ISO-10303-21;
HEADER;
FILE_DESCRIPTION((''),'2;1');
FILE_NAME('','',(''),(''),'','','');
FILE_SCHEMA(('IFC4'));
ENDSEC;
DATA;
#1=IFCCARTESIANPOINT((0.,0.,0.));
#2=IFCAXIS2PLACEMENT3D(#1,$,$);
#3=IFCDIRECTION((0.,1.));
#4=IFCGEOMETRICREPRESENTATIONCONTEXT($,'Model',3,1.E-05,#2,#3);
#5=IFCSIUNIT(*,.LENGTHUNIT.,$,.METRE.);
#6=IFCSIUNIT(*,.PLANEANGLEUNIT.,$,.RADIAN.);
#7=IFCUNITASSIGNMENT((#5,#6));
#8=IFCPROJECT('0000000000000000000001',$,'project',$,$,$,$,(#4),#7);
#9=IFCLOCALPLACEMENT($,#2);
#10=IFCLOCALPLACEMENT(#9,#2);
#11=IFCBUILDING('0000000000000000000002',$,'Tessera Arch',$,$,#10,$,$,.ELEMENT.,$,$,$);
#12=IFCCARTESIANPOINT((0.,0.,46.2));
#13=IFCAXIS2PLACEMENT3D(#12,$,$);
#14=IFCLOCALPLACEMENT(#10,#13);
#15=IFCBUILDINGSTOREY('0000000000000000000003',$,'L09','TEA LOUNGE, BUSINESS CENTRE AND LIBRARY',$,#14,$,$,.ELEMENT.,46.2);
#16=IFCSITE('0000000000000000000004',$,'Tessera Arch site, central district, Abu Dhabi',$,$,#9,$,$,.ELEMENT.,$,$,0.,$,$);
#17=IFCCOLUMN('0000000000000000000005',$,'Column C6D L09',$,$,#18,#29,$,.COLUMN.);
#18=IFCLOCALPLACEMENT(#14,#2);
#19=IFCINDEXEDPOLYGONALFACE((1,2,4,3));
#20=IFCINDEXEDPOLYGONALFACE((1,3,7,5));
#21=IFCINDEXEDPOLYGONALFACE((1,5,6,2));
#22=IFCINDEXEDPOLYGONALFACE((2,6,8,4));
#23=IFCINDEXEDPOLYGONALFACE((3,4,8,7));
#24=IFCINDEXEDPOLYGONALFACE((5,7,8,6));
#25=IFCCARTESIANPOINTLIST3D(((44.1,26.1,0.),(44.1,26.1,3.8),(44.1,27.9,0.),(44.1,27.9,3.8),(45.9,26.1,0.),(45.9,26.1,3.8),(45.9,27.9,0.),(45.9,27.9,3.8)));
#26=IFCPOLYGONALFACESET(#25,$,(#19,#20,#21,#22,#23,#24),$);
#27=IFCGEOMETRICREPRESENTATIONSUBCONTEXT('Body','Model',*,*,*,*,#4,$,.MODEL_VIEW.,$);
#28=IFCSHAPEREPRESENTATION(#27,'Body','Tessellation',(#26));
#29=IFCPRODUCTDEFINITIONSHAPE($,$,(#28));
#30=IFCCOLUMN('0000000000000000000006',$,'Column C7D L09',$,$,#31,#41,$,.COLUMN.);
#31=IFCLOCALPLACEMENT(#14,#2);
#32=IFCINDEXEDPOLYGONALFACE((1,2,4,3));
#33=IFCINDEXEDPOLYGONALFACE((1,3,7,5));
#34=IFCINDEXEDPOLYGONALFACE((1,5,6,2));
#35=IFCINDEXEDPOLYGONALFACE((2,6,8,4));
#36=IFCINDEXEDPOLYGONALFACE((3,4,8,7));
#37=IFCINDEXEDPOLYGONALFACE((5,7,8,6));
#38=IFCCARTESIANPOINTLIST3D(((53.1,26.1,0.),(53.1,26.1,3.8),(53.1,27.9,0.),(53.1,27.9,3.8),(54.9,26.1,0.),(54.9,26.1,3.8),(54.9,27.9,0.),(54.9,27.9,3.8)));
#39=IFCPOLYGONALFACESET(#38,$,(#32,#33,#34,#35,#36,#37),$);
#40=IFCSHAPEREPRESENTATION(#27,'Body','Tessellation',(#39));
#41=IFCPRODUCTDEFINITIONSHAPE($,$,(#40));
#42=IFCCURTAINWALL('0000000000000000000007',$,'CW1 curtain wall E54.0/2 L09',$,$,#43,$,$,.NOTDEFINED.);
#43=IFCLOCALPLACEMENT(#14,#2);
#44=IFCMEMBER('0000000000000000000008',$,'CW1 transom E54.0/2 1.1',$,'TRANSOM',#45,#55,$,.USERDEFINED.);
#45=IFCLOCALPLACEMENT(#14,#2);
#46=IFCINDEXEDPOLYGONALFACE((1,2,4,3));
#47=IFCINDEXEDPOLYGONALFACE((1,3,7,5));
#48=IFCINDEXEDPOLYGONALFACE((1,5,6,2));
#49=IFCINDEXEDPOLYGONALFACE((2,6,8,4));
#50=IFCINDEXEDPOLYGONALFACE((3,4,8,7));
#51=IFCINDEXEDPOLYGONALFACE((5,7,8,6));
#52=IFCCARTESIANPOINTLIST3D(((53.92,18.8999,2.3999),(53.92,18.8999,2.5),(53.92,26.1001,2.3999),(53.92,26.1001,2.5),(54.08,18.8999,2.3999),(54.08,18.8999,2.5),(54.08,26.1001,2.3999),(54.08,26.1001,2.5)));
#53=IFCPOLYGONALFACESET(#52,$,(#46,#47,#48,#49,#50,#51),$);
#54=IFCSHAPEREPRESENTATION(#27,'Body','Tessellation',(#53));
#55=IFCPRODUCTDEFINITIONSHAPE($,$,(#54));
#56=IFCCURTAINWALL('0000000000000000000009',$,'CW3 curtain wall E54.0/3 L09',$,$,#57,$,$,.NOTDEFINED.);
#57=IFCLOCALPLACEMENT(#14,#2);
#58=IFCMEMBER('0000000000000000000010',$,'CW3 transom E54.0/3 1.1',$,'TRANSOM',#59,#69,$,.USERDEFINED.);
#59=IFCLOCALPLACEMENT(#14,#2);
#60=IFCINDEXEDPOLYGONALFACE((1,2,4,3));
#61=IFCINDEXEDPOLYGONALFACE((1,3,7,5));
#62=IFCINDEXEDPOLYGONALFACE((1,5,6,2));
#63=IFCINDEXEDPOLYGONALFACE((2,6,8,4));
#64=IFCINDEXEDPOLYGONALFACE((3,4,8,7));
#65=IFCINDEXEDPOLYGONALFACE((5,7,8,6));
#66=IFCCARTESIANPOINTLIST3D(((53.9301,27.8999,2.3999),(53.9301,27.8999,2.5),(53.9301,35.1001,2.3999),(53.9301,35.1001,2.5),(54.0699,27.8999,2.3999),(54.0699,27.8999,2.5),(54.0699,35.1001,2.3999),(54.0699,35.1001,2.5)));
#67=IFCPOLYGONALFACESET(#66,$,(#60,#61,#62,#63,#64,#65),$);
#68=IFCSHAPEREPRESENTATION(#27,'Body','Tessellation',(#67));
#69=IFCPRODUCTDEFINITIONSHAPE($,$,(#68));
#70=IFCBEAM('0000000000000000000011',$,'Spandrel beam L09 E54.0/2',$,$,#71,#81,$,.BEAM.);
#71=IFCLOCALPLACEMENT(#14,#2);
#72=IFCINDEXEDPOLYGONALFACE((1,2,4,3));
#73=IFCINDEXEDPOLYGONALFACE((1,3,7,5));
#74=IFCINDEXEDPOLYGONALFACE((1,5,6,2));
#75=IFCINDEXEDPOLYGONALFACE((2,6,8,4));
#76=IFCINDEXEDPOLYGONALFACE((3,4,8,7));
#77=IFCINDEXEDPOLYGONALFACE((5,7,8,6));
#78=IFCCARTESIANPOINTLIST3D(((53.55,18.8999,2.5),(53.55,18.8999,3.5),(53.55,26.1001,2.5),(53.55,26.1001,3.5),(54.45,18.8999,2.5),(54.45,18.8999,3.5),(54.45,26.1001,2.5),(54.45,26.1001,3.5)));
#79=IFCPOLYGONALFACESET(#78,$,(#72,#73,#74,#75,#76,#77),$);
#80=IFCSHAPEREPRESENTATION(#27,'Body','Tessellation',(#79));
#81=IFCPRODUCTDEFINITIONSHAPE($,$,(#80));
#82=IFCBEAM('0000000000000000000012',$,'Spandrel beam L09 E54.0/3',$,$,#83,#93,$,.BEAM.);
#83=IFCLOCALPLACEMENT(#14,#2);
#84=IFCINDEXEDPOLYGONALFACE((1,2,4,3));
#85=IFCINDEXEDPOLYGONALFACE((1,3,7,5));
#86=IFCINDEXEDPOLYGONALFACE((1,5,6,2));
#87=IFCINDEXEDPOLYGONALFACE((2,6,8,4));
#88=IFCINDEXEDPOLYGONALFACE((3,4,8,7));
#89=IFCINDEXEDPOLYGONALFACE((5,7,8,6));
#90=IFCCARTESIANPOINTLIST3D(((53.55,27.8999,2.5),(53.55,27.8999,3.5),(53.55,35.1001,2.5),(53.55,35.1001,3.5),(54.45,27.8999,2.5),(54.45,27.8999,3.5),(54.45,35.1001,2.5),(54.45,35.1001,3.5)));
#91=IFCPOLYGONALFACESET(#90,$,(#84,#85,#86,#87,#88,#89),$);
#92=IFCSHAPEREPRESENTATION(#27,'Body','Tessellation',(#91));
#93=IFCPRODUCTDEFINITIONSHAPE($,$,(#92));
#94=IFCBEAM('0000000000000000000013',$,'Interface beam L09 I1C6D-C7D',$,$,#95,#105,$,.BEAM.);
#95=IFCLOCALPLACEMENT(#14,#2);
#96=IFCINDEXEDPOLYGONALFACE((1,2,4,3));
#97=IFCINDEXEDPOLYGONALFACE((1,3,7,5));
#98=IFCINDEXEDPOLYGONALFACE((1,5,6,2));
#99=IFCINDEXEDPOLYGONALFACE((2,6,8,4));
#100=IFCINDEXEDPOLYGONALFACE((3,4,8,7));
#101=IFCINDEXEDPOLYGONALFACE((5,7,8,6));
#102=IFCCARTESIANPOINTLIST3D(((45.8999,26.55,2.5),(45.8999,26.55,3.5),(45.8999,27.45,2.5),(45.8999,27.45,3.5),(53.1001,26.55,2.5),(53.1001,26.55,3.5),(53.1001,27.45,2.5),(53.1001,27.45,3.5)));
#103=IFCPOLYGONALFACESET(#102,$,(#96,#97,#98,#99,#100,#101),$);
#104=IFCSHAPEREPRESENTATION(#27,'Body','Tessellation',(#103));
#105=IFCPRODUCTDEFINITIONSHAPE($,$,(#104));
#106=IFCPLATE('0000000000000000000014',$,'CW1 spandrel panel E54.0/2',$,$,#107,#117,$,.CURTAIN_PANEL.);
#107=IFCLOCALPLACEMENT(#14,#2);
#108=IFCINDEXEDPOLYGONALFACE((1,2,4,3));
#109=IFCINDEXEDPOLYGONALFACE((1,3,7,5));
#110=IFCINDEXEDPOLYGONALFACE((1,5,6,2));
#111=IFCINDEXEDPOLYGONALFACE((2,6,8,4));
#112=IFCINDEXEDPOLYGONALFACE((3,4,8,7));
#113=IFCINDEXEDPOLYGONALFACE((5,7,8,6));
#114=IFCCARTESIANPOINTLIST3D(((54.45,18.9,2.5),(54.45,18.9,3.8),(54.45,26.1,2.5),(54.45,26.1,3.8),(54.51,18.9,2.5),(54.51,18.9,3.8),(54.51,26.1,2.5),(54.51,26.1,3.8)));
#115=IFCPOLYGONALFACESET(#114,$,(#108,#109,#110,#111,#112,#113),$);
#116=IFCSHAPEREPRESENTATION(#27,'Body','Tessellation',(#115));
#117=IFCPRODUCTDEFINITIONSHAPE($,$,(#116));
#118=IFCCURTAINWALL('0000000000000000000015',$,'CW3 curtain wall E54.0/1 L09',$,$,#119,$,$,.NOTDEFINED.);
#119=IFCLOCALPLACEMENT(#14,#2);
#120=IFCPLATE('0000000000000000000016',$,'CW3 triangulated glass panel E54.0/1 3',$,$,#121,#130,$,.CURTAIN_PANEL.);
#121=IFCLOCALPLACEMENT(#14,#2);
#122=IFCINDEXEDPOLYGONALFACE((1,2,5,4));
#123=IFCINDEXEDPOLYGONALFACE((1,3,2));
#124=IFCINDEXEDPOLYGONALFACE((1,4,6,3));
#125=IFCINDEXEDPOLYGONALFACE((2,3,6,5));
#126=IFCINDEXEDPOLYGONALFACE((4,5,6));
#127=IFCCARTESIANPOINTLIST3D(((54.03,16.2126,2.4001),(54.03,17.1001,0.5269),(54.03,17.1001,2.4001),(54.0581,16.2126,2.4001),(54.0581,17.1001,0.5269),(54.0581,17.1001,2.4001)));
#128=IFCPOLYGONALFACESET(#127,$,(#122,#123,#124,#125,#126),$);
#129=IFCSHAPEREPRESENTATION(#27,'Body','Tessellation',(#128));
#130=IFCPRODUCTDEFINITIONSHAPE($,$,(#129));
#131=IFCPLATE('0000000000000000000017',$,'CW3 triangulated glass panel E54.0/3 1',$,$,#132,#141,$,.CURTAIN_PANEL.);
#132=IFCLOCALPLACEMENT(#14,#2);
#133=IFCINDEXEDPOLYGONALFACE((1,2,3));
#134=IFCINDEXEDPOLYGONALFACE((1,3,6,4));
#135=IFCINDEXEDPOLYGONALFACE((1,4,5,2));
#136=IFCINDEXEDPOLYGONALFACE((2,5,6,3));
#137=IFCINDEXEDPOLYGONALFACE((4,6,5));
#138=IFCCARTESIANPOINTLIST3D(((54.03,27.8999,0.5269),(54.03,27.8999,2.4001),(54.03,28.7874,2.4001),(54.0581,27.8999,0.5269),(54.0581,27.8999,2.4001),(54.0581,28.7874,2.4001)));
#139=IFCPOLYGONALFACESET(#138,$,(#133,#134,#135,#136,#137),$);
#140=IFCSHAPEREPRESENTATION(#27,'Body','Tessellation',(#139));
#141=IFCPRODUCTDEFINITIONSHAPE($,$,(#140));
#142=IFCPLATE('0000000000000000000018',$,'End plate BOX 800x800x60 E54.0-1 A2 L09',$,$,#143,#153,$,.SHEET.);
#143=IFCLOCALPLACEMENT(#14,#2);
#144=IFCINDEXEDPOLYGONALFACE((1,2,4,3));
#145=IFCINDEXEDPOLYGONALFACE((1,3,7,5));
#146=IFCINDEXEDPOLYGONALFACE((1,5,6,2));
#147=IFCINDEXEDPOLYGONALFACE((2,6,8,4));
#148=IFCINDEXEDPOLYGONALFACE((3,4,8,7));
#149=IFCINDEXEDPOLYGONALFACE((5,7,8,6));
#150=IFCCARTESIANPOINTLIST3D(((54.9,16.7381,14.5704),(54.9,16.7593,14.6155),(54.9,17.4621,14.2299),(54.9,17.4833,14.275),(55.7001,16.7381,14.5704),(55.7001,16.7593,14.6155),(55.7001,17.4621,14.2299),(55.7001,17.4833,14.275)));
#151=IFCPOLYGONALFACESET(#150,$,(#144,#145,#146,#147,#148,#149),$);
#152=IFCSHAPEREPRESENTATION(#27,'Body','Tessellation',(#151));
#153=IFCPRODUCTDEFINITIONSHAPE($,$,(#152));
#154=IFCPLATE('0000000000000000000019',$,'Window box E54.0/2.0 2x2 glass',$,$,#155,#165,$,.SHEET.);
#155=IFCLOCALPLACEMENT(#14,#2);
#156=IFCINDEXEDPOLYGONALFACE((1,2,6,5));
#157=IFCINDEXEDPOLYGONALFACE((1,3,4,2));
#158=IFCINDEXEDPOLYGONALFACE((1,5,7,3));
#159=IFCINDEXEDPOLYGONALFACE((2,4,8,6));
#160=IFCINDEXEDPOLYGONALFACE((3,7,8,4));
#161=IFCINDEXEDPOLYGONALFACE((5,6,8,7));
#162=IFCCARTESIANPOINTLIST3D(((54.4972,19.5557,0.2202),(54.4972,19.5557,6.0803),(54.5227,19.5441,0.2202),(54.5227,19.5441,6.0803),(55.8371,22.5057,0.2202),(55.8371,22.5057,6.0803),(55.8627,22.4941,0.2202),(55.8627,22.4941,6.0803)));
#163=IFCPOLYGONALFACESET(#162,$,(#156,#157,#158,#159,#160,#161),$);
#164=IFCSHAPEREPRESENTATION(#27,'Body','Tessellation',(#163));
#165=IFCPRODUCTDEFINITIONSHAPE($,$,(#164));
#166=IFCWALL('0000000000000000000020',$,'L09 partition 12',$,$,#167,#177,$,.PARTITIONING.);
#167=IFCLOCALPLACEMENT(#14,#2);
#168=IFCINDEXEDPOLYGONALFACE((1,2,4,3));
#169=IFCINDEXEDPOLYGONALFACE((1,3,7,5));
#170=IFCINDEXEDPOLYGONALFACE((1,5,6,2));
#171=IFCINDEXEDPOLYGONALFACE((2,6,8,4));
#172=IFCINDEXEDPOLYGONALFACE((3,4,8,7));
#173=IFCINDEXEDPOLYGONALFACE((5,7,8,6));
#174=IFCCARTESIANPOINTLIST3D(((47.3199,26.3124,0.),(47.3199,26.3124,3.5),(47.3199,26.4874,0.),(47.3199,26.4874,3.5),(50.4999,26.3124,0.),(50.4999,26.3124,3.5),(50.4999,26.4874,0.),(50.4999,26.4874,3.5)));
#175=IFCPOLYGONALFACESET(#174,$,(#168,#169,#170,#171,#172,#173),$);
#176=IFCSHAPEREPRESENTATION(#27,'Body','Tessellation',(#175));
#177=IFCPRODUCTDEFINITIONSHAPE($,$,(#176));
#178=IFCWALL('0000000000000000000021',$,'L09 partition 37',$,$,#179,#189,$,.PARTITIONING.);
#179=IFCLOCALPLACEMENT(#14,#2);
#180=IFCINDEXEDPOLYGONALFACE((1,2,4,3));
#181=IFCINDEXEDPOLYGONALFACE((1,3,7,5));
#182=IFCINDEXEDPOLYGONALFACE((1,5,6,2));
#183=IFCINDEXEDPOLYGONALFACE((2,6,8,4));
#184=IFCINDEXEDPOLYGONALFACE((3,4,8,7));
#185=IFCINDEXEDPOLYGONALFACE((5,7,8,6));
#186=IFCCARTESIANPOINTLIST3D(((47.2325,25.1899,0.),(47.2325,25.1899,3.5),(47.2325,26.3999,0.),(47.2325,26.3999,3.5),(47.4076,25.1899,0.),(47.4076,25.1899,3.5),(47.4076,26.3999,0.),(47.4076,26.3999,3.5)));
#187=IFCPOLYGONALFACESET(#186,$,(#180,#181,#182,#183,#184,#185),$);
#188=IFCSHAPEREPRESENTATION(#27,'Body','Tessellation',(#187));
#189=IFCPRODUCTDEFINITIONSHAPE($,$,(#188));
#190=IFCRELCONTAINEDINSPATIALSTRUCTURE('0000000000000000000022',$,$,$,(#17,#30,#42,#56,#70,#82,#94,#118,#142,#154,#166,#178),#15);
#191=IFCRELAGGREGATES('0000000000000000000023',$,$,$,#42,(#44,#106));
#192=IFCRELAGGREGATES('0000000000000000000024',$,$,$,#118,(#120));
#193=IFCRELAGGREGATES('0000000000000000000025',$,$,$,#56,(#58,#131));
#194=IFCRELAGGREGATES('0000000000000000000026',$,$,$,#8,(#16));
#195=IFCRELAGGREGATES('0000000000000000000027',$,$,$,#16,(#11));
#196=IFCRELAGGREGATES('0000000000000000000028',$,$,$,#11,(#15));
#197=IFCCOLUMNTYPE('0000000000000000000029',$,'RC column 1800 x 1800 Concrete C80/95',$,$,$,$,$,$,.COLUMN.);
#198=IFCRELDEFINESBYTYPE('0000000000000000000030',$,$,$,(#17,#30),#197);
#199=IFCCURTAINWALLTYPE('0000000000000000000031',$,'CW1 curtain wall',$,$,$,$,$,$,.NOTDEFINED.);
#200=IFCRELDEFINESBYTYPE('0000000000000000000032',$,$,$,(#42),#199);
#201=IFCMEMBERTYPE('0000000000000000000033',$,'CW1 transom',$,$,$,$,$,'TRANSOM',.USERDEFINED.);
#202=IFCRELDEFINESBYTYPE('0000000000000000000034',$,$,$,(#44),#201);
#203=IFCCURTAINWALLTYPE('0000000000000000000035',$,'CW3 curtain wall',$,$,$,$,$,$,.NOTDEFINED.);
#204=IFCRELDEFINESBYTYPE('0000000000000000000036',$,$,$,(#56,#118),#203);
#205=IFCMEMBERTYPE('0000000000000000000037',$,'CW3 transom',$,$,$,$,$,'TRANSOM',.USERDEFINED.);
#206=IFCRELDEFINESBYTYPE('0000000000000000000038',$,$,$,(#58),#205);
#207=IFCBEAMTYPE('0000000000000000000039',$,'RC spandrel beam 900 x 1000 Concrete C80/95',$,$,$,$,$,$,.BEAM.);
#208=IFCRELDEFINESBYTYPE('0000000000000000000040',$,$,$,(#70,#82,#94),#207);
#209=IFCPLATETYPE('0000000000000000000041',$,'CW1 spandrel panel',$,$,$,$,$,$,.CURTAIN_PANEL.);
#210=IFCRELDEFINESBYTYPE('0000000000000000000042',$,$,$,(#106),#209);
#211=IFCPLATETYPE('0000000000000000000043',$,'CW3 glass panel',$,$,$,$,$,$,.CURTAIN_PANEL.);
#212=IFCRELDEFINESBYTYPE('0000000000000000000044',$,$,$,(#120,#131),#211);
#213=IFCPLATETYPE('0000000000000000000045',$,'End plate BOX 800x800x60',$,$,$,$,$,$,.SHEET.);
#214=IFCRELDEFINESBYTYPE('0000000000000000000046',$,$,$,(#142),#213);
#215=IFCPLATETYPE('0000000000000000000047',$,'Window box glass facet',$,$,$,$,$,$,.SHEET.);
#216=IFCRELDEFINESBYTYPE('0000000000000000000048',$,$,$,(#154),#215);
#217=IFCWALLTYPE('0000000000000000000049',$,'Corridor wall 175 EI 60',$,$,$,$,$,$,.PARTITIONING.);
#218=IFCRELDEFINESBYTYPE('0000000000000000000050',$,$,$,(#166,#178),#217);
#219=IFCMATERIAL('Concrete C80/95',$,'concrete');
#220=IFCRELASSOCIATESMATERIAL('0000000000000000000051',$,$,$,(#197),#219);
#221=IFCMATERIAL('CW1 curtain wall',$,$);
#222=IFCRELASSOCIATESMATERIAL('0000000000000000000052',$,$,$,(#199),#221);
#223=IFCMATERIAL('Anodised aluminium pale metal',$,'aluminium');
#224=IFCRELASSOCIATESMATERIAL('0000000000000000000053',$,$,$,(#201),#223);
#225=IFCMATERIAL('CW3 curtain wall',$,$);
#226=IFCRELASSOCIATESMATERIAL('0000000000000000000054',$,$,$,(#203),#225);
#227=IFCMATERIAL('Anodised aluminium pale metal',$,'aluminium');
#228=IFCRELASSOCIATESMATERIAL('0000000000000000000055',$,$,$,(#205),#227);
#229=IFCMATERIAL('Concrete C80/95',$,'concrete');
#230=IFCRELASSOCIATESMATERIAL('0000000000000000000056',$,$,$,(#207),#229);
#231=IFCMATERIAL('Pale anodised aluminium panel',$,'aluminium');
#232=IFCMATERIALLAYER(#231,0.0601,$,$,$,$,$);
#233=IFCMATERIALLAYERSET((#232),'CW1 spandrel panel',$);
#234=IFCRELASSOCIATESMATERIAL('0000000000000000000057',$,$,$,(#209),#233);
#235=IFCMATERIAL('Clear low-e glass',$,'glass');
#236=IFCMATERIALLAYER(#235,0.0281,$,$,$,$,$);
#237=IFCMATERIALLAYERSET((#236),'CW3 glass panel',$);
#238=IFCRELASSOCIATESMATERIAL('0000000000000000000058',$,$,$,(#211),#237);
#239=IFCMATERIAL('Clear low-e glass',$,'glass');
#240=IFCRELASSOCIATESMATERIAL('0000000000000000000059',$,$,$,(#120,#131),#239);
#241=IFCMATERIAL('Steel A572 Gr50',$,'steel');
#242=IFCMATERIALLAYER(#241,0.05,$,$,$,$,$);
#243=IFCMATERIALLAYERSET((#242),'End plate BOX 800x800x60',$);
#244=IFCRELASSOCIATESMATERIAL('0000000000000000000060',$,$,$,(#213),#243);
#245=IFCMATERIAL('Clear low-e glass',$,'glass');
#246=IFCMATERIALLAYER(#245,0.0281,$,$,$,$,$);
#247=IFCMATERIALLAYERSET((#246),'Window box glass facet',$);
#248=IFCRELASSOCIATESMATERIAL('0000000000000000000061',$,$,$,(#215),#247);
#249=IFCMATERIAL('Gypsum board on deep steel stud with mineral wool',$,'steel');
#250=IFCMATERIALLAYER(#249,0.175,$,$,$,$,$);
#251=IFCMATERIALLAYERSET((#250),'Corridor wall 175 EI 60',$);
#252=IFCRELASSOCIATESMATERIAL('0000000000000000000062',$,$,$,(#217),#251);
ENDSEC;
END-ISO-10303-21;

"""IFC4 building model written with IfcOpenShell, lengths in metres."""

from ifc_helpers import new_model, si_unit, direction, frame, frame_2d, origin, origin_2d, place, context, subcontext, project, spatial, polyline, rectangle, outline, extrude, material, layer, layer_set, material_profile, profile_set, type_object, element, aggregate, save


model = new_model("IFC4")

# Units and contexts
model_context = context("Model", 3, precision=1e-05, world=origin(), true_north=direction((0.0, 1.0)))
body_context = subcontext(model_context, "Body", "Model", "MODEL_VIEW")
ifc_project = project(units=[si_unit("LENGTHUNIT", "METRE"), si_unit("PLANEANGLEUNIT", "RADIAN")], contexts=[model_context])

# Site, building, storey
site_placement = place(None, origin())
site = spatial("IfcSite", under=ifc_project, at=site_placement, Name="Tessera Arch site, central district, Abu Dhabi", CompositionType="ELEMENT", RefElevation=0.0)
building_placement = place(site_placement, origin())
building = spatial("IfcBuilding", under=site, at=building_placement, Name="Tessera Arch", CompositionType="ELEMENT")
storey_placement = place(building_placement, frame((0.0, 0.0, 46.2)))
storey = spatial("IfcBuildingStorey", under=building, at=storey_placement, Name="L09", Description="TEA LOUNGE, BUSINESS CENTRE AND LIBRARY", CompositionType="ELEMENT", Elevation=46.2)

# Columns
ifc_material_1 = material(Name="Concrete C80/95", Category="concrete")
ifc_material_profile_1 = material_profile(ifc_material_1, rectangle(XDim=1.8, YDim=1.8, at=origin_2d()), Name="RC column 1800 x 1800 Concrete C80/95")
ifc_profile_set_1 = profile_set([ifc_material_profile_1], Name="Concrete C80/95")
column_type = type_object("IfcColumnType", Name="RC column 1800 x 1800 Concrete C80/95", PredefinedType="COLUMN", material=ifc_profile_set_1)
for number, where, z_axis, x_axis, name in (
    (1, (45.0, 27.0, 0.0), (0.0, 0.0, 1.0), (1.0, 0.0, 0.0), "Column C6D L09"),
    (2, (54.0, 27.0, 0.0), (0.0, 0.0, 1.0), (1.0, 0.0, 0.0), "Column C7D L09"),
):
    element("IfcColumn", number, at=place(storey_placement, frame(where, z_axis=z_axis, x_axis=x_axis)), inside=storey, type_object=column_type, Name=name, PredefinedType="COLUMN", context=body_context, shape_type="SweptSolid", body=[
        extrude(rectangle(XDim=1.8, YDim=1.8, at=origin_2d()), origin(), (0.0, 0.0, 1.0), 3.8),
    ])

# Curtain walls, members
ifc_material_2 = material(Name="CW1 curtain wall")
curtain_wall_type_1 = type_object("IfcCurtainWallType", Name="CW1 curtain wall", PredefinedType="NOTDEFINED", material=ifc_material_2)
curtain_wall_1_placement = place(storey_placement, origin())
curtain_wall_1 = element("IfcCurtainWall", 3, at=curtain_wall_1_placement, inside=storey, type_object=curtain_wall_type_1, Name="CW1 curtain wall E54.0/2 L09", PredefinedType="NOTDEFINED")
ifc_material_3 = material(Name="Anodised aluminium pale metal", Category="aluminium")
ifc_material_profile_2 = material_profile(ifc_material_3, rectangle(XDim=0.1599, YDim=0.1001, at=origin_2d()), Name="AL 160x100")
ifc_profile_set_2 = profile_set([ifc_material_profile_2], Name="Anodised aluminium pale metal")
member_type_1 = type_object("IfcMemberType", Name="CW1 transom", ElementType="TRANSOM", PredefinedType="USERDEFINED", material=ifc_profile_set_2)
member_1_placement = place(storey_placement, frame((54.0, 18.8999, 2.45), z_axis=(0.0, 1.0, 0.0), x_axis=(-1.0, 0.0, 0.0)))
member_1 = element("IfcMember", 4, at=member_1_placement, type_object=member_type_1, Name="CW1 transom E54.0/2 1.1", ObjectType="TRANSOM", PredefinedType="USERDEFINED", context=body_context, shape_type="SweptSolid", body=[
    extrude(rectangle(XDim=0.1599, YDim=0.1001, at=origin_2d()), origin(), (0.0, 0.0, 1.0), 7.2002),
])
ifc_material_4 = material(Name="CW3 curtain wall")
curtain_wall_type_2 = type_object("IfcCurtainWallType", Name="CW3 curtain wall", PredefinedType="NOTDEFINED", material=ifc_material_4)
curtain_wall_2_placement = place(storey_placement, origin())
curtain_wall_2 = element("IfcCurtainWall", 5, at=curtain_wall_2_placement, inside=storey, type_object=curtain_wall_type_2, Name="CW3 curtain wall E54.0/3 L09", PredefinedType="NOTDEFINED")
ifc_material_5 = material(Name="Anodised aluminium pale metal", Category="aluminium")
ifc_material_profile_3 = material_profile(ifc_material_5, rectangle(XDim=0.1399, YDim=0.1001, at=origin_2d()), Name="AL 140x100")
ifc_profile_set_3 = profile_set([ifc_material_profile_3], Name="Anodised aluminium pale metal")
member_type_2 = type_object("IfcMemberType", Name="CW3 transom", ElementType="TRANSOM", PredefinedType="USERDEFINED", material=ifc_profile_set_3)
member_2_placement = place(storey_placement, frame((54.0, 27.8999, 2.45), z_axis=(0.0, 1.0, 0.0), x_axis=(-1.0, 0.0, 0.0)))
member_2 = element("IfcMember", 6, at=member_2_placement, type_object=member_type_2, Name="CW3 transom E54.0/3 1.1", ObjectType="TRANSOM", PredefinedType="USERDEFINED", context=body_context, shape_type="SweptSolid", body=[
    extrude(rectangle(XDim=0.1399, YDim=0.1001, at=origin_2d()), origin(), (0.0, 0.0, 1.0), 7.2002),
])

# Beams
ifc_material_6 = material(Name="Concrete C80/95", Category="concrete")
ifc_material_profile_4 = material_profile(ifc_material_6, rectangle(XDim=0.8999, YDim=1.0, at=origin_2d()), Name="RC spandrel beam 900 x 1000 Concrete C80/95")
ifc_profile_set_4 = profile_set([ifc_material_profile_4], Name="Concrete C80/95")
beam_type = type_object("IfcBeamType", Name="RC spandrel beam 900 x 1000 Concrete C80/95", PredefinedType="BEAM", material=ifc_profile_set_4)
for number, where, z_axis, x_axis, name in (
    (7, (54.0, 18.8999, 3.0), (0.0, 1.0, 0.0), (-1.0, 0.0, 0.0), "Spandrel beam L09 E54.0/2"),
    (8, (54.0, 27.8999, 3.0), (0.0, 1.0, 0.0), (-1.0, 0.0, 0.0), "Spandrel beam L09 E54.0/3"),
    (9, (45.8999, 27.0, 3.0), (1.0, 0.0, 0.0), (0.0, 1.0, 0.0), "Interface beam L09 I1C6D-C7D"),
):
    element("IfcBeam", number, at=place(storey_placement, frame(where, z_axis=z_axis, x_axis=x_axis)), inside=storey, type_object=beam_type, Name=name, PredefinedType="BEAM", context=body_context, shape_type="SweptSolid", body=[
        extrude(rectangle(XDim=0.8999, YDim=1.0, at=origin_2d()), origin(), (0.0, 0.0, 1.0), 7.2002),
    ])

# Plate
ifc_material_7 = material(Name="Pale anodised aluminium panel", Category="aluminium")
ifc_layer_1 = layer(ifc_material_7, 0.0601)
ifc_layer_set_1 = layer_set([ifc_layer_1], Name="CW1 spandrel panel")
plate_type_1 = type_object("IfcPlateType", Name="CW1 spandrel panel", PredefinedType="CURTAIN_PANEL", material=ifc_layer_set_1)
plate_1_placement = place(storey_placement, frame((54.48, 22.5, 2.5), z_axis=(0.0, 0.0, 1.0), x_axis=(0.0, 1.0, 0.0)))
plate_1 = element("IfcPlate", 10, at=plate_1_placement, type_object=plate_type_1, Name="CW1 spandrel panel E54.0/2", PredefinedType="CURTAIN_PANEL", context=body_context, shape_type="SweptSolid", body=[
    extrude(rectangle(XDim=7.2, YDim=0.0601, at=origin_2d()), origin(), (0.0, 0.0, 1.0), 1.3),
])
aggregate(curtain_wall_1, [member_1, plate_1])

# Curtain wall, plate
curtain_wall_3_placement = place(storey_placement, origin())
curtain_wall_3 = element("IfcCurtainWall", 11, at=curtain_wall_3_placement, inside=storey, type_object=curtain_wall_type_2, Name="CW3 curtain wall E54.0/1 L09", PredefinedType="NOTDEFINED")
ifc_material_8 = material(Name="Clear low-e glass", Category="glass")
ifc_material_9 = material(Name="Clear low-e glass", Category="glass")
ifc_layer_2 = layer(ifc_material_9, 0.0281)
ifc_layer_set_2 = layer_set([ifc_layer_2], Name="CW3 glass panel")
plate_type_2 = type_object("IfcPlateType", Name="CW3 glass panel", PredefinedType="CURTAIN_PANEL", material=ifc_layer_set_2)
plate_2_placement = place(storey_placement, frame((54.0581, 17.1001, 2.4001), z_axis=(1.0, 0.0, 0.0), x_axis=(0.0, -1.0, 0.0)))
plate_2 = element("IfcPlate", 12, at=plate_2_placement, type_object=plate_type_2, material=ifc_material_8, Name="CW3 triangulated glass panel E54.0/1 3", PredefinedType="CURTAIN_PANEL", context=body_context, shape_type="SweptSolid", body=[
    extrude(outline(polyline([(0.0, 0.0), (0.8875, 0.0), (0.0, 1.8733), (0.0, 0.0)])), origin(), (0.0, 0.0, -1.0), 0.0281),
])
aggregate(curtain_wall_3, [plate_2])

# Plate
plate_3_placement = place(storey_placement, frame((54.0581, 27.8999, 2.4001), z_axis=(1.0, 0.0, 0.0), x_axis=(0.0, 0.0, -1.0)))
plate_3 = element("IfcPlate", 13, at=plate_3_placement, type_object=plate_type_2, material=ifc_material_8, Name="CW3 triangulated glass panel E54.0/3 1", PredefinedType="CURTAIN_PANEL", context=body_context, shape_type="SweptSolid", body=[
    extrude(outline(polyline([(0.0, 0.0), (1.8733, 0.0), (0.0, 0.8875), (0.0, 0.0)])), origin(), (0.0, 0.0, -1.0), 0.0281),
])
aggregate(curtain_wall_2, [member_2, plate_3])

# Plates
ifc_material_10 = material(Name="Steel A572 Gr50", Category="steel")
ifc_layer_3 = layer(ifc_material_10, 0.05)
ifc_layer_set_3 = layer_set([ifc_layer_3], Name="End plate BOX 800x800x60")
plate_type_3 = type_object("IfcPlateType", Name="End plate BOX 800x800x60", PredefinedType="SHEET", material=ifc_layer_set_3)
plate_4_placement = place(storey_placement, frame((55.3, 17.1001, 14.4001), z_axis=(0.0, 0.425561, 0.90493), x_axis=(-1.0, 0.0, 0.0)))
element("IfcPlate", 14, at=plate_4_placement, inside=storey, type_object=plate_type_3, Name="End plate BOX 800x800x60 E54.0-1 A2 L09", PredefinedType="SHEET", context=body_context, shape_type="SweptSolid", body=[
    extrude(rectangle(XDim=0.8, YDim=0.8, at=origin_2d()), origin(), (0.0, 0.0, 1.0), 0.0498),
])
ifc_material_11 = material(Name="Clear low-e glass", Category="glass")
ifc_layer_4 = layer(ifc_material_11, 0.0281)
ifc_layer_set_4 = layer_set([ifc_layer_4], Name="Window box glass facet")
plate_type_4 = type_object("IfcPlateType", Name="Window box glass facet", PredefinedType="SHEET", material=ifc_layer_set_4)
plate_5_placement = place(storey_placement, frame((55.1799, 21.0249, 0.2202), z_axis=(0.0, 0.0, 1.0), x_axis=(0.41357, 0.910472, 0.0)))
element("IfcPlate", 15, at=plate_5_placement, inside=storey, type_object=plate_type_4, Name="Window box E54.0/2.0 2x2 glass", PredefinedType="SHEET", context=body_context, shape_type="SweptSolid", body=[
    extrude(rectangle(XDim=3.24, YDim=0.0281, at=origin_2d()), origin(), (0.0, 0.0, 1.0), 5.8601),
])

# Walls
ifc_material_12 = material(Name="Gypsum board on deep steel stud with mineral wool", Category="steel")
ifc_layer_5 = layer(ifc_material_12, 0.175)
ifc_layer_set_5 = layer_set([ifc_layer_5], Name="Corridor wall 175 EI 60")
wall_type = type_object("IfcWallType", Name="Corridor wall 175 EI 60", PredefinedType="PARTITIONING", material=ifc_layer_set_5)
wall_1_placement = place(storey_placement, frame((47.3201, 26.3999, 0.0), z_axis=(0.0, 0.0, 1.0), x_axis=(1.0, 0.0, 0.0)))
element("IfcWall", 16, at=wall_1_placement, inside=storey, type_object=wall_type, Name="L09 partition 12", PredefinedType="PARTITIONING", context=body_context, shape_type="SweptSolid", body=[
    extrude(rectangle(XDim=3.1799, YDim=0.175, at=frame_2d((1.5898, 0.0))), origin(), (0.0, 0.0, 1.0), 3.5),
])
wall_2_placement = place(storey_placement, frame((47.3201, 25.1899, 0.0), z_axis=(0.0, 0.0, 1.0), x_axis=(0.0, 1.0, 0.0)))
element("IfcWall", 17, at=wall_2_placement, inside=storey, type_object=wall_type, Name="L09 partition 37", PredefinedType="PARTITIONING", context=body_context, shape_type="SweptSolid", body=[
    extrude(rectangle(XDim=1.21, YDim=0.175, at=frame_2d((0.605, 0.0))), origin(), (0.0, 0.0, 1.0), 3.5),
])

save(model, "model.ifc")
